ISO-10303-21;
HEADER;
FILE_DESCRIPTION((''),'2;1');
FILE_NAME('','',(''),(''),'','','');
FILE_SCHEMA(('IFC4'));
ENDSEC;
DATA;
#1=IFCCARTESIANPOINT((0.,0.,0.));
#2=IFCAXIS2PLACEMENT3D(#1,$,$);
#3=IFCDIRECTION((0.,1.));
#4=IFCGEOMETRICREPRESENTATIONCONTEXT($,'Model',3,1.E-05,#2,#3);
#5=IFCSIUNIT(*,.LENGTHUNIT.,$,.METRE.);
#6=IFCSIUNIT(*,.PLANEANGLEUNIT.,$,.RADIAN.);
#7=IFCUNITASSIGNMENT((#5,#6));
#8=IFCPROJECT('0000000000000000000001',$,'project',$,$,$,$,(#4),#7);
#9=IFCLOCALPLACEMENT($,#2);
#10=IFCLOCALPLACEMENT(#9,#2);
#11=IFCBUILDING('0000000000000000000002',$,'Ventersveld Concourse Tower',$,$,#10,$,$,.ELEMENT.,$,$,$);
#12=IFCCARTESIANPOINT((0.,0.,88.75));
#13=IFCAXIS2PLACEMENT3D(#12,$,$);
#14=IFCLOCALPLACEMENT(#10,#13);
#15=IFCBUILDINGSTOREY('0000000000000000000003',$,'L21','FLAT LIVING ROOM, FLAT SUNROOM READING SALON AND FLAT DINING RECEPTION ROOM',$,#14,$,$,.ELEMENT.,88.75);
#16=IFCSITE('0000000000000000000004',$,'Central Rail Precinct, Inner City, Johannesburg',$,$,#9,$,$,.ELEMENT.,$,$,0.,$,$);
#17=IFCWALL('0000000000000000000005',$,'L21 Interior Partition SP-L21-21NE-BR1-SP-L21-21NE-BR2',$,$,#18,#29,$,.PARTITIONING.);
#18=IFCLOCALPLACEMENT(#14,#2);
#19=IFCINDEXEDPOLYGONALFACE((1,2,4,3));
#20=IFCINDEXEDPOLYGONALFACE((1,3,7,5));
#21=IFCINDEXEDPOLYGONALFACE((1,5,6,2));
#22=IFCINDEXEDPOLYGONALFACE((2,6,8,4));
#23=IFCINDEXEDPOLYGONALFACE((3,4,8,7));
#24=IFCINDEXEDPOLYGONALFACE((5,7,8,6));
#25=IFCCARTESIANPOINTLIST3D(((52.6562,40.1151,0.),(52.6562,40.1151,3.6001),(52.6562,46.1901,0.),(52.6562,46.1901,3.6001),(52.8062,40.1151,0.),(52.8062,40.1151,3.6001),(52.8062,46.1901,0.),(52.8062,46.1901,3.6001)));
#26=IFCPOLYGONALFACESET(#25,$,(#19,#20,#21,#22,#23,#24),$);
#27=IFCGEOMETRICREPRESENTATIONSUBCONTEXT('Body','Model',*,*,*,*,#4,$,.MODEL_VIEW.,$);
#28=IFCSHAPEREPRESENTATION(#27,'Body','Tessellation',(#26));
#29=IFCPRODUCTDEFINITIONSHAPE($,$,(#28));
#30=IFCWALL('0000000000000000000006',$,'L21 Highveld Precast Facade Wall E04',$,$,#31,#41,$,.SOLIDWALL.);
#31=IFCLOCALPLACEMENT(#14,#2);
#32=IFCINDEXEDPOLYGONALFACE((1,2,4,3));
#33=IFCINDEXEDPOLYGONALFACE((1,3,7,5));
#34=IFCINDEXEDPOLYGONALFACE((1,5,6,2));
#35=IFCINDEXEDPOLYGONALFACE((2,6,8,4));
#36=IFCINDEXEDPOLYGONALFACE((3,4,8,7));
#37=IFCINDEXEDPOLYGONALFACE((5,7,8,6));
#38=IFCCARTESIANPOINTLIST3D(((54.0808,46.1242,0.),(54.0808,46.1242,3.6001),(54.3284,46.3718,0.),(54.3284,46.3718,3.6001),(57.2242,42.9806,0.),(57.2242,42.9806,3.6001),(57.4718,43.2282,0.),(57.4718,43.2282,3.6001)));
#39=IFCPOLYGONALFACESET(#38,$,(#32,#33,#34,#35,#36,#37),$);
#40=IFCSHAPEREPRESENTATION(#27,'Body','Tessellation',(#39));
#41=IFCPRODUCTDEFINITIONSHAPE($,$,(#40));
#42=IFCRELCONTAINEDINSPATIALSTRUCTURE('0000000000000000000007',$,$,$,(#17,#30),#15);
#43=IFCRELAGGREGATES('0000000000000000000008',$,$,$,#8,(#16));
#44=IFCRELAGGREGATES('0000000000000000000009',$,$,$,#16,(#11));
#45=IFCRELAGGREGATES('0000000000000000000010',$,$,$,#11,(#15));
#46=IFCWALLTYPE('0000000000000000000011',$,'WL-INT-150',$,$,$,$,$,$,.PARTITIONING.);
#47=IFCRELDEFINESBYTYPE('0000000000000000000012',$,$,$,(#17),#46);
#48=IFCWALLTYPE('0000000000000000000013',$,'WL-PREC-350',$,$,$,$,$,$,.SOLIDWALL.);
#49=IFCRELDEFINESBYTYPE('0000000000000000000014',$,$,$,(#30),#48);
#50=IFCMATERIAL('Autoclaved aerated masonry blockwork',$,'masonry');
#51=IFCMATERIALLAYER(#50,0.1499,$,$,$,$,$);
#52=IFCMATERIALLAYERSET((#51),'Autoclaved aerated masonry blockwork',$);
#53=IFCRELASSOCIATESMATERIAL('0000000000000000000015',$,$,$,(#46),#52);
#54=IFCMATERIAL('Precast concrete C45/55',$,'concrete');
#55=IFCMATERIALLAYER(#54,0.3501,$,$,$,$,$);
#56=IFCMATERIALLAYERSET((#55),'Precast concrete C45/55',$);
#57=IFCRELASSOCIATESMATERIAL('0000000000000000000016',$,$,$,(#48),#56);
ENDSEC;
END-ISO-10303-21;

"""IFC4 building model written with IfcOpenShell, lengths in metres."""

from ifc_helpers import new_model, si_unit, direction, frame, frame_2d, origin, place, context, subcontext, project, spatial, rectangle, extrude, material, layer, layer_set, type_object, element, save


model = new_model("IFC4")

# Units and contexts
model_context = context("Model", 3, precision=1e-05, world=origin(), true_north=direction((0.0, 1.0)))
body_context = subcontext(model_context, "Body", "Model", "MODEL_VIEW")
ifc_project = project(units=[si_unit("LENGTHUNIT", "METRE"), si_unit("PLANEANGLEUNIT", "RADIAN")], contexts=[model_context])

# Site, building, storey
site_placement = place(None, origin())
site = spatial("IfcSite", under=ifc_project, at=site_placement, Name="Central Rail Precinct, Inner City, Johannesburg", CompositionType="ELEMENT", RefElevation=0.0)
building_placement = place(site_placement, origin())
building = spatial("IfcBuilding", under=site, at=building_placement, Name="Ventersveld Concourse Tower", CompositionType="ELEMENT")
storey_placement = place(building_placement, frame((0.0, 0.0, 88.75)))
storey = spatial("IfcBuildingStorey", under=building, at=storey_placement, Name="L21", Description="FLAT LIVING ROOM, FLAT SUNROOM READING SALON AND FLAT DINING RECEPTION ROOM", CompositionType="ELEMENT", Elevation=88.75)

# Shared definitions
ifc_material_1 = material(Name="Autoclaved aerated masonry blockwork", Category="masonry")
ifc_layer_1 = layer(ifc_material_1, 0.1499)
ifc_layer_set_1 = layer_set([ifc_layer_1], Name="Autoclaved aerated masonry blockwork")
wall_type_1 = type_object("IfcWallType", Name="WL-INT-150", PredefinedType="PARTITIONING", material=ifc_layer_set_1)

# Walls
wall_1_placement = place(storey_placement, frame((52.7312, 40.115, 0.0), z_axis=(0.0, 0.0, 1.0), x_axis=(0.0, 1.0, 0.0)))
element("IfcWall", 1, at=wall_1_placement, inside=storey, type_object=wall_type_1, Name="L21 Interior Partition SP-L21-21NE-BR1-SP-L21-21NE-BR2", PredefinedType="PARTITIONING", context=body_context, shape_type="SweptSolid", body=[
    extrude(rectangle(XDim=6.075, YDim=0.1499, at=frame_2d((3.0376, 0.0))), origin(), (0.0, 0.0, 1.0), 3.6001),
])
ifc_material_2 = material(Name="Precast concrete C45/55", Category="concrete")
ifc_layer_2 = layer(ifc_material_2, 0.3501)
ifc_layer_set_2 = layer_set([ifc_layer_2], Name="Precast concrete C45/55")
wall_type_2 = type_object("IfcWallType", Name="WL-PREC-350", PredefinedType="SOLIDWALL", material=ifc_layer_set_2)
wall_2_placement = place(storey_placement, frame((57.3479, 43.1045, 0.0), z_axis=(0.0, 0.0, 1.0), x_axis=(-0.707079, 0.707134, 0.0)))
element("IfcWall", 2, at=wall_2_placement, inside=storey, type_object=wall_type_2, Name="L21 Highveld Precast Facade Wall E04", PredefinedType="SOLIDWALL", context=body_context, shape_type="SweptSolid", body=[
    extrude(rectangle(XDim=4.4456, YDim=0.3501, at=frame_2d((2.2227, 0.0))), origin(), (0.0, 0.0, 1.0), 3.6001),
])

save(model, "model.ifc")
